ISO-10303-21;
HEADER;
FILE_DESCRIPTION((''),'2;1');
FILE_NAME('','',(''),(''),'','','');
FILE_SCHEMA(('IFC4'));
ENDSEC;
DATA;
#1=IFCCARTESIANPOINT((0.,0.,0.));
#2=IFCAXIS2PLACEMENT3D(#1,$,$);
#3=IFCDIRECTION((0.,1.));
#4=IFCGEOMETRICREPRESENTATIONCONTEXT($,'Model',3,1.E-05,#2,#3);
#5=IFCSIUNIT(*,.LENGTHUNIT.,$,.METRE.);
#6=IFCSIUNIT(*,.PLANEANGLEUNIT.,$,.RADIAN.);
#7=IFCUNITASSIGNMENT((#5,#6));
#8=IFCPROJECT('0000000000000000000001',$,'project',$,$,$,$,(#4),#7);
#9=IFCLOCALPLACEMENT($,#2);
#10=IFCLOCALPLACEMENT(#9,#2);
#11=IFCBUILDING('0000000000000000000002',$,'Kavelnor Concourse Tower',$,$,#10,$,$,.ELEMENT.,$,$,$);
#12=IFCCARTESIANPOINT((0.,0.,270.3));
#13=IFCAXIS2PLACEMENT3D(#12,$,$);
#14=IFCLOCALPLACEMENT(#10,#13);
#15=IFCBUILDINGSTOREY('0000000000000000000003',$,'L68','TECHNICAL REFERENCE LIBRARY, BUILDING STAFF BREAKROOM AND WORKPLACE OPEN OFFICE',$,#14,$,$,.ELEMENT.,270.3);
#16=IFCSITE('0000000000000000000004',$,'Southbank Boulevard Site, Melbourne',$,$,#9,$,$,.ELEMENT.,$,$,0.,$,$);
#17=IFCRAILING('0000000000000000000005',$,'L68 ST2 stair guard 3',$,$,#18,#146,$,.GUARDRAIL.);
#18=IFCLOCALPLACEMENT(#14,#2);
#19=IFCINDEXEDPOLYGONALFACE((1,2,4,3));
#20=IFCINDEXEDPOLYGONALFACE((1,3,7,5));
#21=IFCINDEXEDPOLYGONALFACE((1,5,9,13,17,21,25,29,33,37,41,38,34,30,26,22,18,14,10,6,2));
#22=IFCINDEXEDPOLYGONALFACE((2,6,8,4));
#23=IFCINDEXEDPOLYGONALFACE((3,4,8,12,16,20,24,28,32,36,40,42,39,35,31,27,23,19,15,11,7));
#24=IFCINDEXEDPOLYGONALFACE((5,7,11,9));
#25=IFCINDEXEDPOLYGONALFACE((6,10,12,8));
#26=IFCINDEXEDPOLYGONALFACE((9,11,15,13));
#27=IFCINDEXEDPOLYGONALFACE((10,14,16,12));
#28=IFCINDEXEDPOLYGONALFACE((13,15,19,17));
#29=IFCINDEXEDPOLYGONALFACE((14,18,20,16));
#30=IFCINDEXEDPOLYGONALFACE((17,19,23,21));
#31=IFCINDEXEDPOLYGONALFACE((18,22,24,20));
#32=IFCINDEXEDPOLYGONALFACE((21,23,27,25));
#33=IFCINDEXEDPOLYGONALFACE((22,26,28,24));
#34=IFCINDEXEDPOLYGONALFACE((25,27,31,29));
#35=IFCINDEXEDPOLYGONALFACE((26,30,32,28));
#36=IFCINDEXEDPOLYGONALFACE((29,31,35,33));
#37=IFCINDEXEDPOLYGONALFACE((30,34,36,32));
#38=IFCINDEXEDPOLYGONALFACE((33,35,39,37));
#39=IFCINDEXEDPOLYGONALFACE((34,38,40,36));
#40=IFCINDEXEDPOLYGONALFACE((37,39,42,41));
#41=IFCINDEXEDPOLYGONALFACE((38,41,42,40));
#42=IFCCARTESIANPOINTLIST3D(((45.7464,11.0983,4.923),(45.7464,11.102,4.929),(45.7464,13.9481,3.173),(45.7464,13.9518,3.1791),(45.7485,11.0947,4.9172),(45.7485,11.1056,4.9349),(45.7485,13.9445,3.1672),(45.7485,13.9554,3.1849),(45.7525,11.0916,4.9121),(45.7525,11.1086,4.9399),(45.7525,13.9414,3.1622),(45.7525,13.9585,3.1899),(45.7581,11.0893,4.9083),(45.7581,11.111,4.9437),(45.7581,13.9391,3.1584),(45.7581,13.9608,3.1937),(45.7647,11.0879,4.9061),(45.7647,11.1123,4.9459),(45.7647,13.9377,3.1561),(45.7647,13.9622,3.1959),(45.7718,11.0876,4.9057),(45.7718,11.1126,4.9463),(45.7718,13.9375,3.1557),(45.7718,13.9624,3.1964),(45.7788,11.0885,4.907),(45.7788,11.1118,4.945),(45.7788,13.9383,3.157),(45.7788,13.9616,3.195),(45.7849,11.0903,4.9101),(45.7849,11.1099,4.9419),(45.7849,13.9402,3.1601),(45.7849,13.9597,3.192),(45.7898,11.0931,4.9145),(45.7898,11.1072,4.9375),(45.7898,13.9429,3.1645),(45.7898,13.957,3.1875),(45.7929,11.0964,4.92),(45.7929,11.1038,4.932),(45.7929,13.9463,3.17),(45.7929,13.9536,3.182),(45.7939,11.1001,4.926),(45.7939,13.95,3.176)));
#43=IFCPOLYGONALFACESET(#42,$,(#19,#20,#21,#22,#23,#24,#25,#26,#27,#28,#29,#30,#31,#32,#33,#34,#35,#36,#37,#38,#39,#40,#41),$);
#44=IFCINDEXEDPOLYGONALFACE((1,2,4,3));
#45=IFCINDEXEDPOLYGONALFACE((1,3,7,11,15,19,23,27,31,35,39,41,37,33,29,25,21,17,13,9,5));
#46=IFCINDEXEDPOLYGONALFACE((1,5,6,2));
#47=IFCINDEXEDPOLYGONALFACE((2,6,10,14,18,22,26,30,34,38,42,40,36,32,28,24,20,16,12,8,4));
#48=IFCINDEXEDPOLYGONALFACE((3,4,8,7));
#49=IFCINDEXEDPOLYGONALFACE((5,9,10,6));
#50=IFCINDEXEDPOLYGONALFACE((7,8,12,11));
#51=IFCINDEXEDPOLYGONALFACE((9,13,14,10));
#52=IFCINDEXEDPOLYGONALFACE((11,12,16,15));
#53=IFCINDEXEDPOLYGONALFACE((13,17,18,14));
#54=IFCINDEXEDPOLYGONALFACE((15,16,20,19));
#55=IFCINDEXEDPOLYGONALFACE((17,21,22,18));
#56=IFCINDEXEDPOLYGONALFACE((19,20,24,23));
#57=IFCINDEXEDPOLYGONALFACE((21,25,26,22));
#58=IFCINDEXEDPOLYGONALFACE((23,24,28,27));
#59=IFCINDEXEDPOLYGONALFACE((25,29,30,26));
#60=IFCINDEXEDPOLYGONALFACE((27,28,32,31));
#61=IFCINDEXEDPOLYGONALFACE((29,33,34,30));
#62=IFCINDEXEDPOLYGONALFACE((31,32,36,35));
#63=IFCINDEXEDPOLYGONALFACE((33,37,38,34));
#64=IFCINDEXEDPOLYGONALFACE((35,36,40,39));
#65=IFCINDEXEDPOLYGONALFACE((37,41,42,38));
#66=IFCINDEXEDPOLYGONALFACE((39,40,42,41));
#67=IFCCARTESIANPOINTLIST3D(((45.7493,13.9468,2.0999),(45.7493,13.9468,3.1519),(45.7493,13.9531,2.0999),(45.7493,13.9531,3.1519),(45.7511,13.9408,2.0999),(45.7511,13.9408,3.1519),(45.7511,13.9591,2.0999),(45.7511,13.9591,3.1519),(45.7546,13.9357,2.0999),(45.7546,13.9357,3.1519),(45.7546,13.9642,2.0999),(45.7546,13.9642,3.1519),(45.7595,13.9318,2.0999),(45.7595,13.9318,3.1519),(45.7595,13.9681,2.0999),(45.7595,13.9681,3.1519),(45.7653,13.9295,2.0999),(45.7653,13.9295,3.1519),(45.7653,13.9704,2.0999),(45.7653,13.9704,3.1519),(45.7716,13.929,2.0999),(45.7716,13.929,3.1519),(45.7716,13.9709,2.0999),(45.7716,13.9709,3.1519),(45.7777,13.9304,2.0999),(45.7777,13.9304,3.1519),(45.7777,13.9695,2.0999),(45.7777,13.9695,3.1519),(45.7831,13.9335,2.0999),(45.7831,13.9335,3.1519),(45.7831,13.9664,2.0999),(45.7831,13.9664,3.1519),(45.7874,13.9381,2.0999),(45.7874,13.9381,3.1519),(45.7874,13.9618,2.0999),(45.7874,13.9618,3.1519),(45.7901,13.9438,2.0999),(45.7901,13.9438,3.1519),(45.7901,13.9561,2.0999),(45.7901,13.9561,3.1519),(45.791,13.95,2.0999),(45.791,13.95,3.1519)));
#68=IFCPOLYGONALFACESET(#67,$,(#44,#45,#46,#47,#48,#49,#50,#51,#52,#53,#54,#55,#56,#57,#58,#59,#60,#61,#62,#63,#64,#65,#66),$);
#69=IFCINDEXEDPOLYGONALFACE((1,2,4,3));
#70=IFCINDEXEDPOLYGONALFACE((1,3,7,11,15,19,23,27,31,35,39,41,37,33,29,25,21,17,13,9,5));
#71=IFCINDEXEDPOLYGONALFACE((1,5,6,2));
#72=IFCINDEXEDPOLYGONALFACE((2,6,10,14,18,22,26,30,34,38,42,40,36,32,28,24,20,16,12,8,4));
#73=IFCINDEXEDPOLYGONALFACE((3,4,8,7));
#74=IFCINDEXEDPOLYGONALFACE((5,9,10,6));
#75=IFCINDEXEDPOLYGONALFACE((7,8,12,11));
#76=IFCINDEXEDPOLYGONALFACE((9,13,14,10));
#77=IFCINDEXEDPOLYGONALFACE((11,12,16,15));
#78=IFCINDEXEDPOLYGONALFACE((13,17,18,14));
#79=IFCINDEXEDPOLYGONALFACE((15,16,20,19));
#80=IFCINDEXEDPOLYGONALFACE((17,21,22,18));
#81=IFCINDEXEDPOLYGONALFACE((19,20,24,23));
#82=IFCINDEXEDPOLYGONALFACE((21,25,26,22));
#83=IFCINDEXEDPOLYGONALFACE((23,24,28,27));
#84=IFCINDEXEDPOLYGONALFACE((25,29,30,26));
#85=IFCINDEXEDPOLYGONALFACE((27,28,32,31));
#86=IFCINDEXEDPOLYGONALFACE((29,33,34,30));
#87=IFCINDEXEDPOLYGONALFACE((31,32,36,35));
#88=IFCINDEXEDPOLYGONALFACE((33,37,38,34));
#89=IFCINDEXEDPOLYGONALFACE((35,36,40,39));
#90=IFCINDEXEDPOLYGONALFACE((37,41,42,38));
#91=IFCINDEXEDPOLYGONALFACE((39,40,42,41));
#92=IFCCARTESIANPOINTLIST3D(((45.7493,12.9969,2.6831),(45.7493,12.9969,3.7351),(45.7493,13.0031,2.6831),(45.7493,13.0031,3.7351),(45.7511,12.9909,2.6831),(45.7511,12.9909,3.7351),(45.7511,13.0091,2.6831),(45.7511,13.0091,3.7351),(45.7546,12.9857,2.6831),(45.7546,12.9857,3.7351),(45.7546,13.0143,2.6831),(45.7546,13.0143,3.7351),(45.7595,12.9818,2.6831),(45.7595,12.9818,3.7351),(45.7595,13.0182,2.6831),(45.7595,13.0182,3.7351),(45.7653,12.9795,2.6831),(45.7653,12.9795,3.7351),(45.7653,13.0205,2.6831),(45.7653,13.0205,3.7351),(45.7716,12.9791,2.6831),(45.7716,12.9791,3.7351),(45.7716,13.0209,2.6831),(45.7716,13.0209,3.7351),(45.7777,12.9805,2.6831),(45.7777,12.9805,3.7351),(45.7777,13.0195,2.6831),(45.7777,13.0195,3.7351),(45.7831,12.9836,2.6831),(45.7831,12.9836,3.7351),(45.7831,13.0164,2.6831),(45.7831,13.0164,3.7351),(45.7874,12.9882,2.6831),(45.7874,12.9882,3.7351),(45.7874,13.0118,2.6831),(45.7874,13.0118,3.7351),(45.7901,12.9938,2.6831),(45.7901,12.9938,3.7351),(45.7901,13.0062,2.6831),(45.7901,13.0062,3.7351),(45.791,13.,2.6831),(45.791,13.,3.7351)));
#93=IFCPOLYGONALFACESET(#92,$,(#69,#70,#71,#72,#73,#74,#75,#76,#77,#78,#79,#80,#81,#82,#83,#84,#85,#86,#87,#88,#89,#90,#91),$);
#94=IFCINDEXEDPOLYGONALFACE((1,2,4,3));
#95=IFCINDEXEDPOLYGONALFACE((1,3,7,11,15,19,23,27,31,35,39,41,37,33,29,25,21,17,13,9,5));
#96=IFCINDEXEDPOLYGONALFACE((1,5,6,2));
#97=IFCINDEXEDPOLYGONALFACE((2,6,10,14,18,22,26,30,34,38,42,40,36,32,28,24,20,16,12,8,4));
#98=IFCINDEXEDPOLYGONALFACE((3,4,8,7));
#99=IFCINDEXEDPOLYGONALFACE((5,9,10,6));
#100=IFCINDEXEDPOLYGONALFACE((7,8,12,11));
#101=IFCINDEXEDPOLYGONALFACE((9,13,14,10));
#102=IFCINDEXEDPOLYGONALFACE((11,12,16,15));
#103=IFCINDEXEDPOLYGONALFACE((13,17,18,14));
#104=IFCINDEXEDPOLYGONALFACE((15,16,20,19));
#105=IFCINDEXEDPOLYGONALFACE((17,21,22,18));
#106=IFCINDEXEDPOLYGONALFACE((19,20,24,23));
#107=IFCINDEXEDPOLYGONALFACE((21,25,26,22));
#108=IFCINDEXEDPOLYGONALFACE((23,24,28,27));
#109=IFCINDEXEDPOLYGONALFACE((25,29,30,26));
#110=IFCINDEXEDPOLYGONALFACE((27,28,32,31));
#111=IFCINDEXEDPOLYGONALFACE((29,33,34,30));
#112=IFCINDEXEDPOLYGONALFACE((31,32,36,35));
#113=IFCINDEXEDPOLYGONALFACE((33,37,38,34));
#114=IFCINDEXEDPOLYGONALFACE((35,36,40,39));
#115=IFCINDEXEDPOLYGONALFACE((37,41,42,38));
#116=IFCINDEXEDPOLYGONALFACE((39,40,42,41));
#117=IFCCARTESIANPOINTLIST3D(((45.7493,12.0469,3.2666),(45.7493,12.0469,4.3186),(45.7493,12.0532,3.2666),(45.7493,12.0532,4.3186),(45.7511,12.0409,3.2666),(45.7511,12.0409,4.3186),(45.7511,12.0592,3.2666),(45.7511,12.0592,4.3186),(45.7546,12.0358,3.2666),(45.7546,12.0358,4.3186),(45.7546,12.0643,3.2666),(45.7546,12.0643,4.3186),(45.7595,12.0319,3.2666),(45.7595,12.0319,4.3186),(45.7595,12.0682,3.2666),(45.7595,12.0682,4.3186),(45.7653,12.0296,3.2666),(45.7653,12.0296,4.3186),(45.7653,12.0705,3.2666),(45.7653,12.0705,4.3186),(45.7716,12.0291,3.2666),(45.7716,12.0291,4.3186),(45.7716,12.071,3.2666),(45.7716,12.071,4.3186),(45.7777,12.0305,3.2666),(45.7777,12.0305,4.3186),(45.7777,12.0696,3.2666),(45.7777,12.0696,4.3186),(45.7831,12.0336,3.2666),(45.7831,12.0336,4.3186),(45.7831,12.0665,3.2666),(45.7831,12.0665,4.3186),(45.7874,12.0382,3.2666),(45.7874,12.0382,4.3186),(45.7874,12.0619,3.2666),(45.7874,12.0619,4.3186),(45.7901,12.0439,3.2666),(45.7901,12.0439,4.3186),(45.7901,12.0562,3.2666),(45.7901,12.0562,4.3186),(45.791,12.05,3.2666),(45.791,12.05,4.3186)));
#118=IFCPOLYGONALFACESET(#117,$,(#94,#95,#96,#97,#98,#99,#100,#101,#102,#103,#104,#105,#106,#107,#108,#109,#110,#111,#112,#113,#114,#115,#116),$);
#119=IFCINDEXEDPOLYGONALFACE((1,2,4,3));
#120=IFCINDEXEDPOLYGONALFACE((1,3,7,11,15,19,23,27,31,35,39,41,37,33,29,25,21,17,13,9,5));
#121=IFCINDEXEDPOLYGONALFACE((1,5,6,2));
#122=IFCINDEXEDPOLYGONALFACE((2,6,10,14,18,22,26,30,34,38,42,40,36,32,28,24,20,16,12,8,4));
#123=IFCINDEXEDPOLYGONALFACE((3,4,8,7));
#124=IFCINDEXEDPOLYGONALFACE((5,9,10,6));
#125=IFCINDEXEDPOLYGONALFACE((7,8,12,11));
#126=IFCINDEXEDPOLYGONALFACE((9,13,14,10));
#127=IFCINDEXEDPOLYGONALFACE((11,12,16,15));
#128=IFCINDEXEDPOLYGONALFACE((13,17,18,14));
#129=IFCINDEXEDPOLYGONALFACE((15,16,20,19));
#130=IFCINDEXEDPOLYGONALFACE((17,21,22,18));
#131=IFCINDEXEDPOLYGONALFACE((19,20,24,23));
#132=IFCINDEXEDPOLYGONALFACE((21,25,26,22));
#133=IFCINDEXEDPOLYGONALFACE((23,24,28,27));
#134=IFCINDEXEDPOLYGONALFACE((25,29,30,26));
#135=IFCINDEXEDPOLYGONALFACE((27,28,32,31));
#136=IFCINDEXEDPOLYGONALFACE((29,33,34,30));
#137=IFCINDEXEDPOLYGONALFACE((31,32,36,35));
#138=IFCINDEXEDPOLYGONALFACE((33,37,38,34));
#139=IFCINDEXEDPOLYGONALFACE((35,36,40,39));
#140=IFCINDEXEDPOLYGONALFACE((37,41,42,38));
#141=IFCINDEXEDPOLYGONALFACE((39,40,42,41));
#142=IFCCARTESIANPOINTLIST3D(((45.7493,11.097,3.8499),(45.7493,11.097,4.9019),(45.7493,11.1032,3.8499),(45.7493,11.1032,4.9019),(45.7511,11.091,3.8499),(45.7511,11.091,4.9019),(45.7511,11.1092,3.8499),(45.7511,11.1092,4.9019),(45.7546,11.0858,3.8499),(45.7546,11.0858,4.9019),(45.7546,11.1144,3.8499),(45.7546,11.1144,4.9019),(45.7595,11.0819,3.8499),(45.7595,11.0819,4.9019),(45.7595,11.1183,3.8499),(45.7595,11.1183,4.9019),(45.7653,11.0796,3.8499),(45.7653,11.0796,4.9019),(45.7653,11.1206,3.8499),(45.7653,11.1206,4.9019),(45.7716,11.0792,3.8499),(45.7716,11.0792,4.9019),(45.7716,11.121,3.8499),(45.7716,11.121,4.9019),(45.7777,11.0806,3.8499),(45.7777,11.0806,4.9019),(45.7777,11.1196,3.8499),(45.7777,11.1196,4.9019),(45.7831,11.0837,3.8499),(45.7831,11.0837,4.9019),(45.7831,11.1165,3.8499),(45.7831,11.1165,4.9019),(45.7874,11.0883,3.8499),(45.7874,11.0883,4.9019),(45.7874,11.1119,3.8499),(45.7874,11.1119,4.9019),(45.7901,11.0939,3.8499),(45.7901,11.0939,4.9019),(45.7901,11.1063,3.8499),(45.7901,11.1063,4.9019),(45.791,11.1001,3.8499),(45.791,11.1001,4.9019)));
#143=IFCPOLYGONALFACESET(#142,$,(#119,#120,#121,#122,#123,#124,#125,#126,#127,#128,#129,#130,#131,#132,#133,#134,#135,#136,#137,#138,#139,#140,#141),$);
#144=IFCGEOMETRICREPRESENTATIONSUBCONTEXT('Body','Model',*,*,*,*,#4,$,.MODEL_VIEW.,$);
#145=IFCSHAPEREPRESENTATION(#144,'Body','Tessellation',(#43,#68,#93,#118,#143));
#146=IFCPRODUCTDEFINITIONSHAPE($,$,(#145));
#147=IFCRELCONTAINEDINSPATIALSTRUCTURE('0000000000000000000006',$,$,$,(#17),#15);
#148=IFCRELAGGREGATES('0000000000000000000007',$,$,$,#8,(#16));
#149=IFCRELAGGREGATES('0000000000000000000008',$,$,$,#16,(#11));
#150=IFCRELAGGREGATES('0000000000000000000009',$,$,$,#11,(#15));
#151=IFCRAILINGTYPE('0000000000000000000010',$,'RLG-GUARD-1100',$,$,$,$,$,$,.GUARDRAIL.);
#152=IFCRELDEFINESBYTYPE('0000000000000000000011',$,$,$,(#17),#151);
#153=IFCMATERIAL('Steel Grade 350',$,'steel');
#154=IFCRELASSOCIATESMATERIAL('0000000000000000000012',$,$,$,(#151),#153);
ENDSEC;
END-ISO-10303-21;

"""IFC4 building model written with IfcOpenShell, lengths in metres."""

from ifc_helpers import new_model, si_unit, direction, frame, origin, origin_2d, place, context, subcontext, project, spatial, circle, extrude, material, type_object, element, save


model = new_model("IFC4")

# Units and contexts
model_context = context("Model", 3, precision=1e-05, world=origin(), true_north=direction((0.0, 1.0)))
body_context = subcontext(model_context, "Body", "Model", "MODEL_VIEW")
ifc_project = project(units=[si_unit("LENGTHUNIT", "METRE"), si_unit("PLANEANGLEUNIT", "RADIAN")], contexts=[model_context])

# Site, building, storey
site_placement = place(None, origin())
site = spatial("IfcSite", under=ifc_project, at=site_placement, Name="Southbank Boulevard Site, Melbourne", CompositionType="ELEMENT", RefElevation=0.0)
building_placement = place(site_placement, origin())
building = spatial("IfcBuilding", under=site, at=building_placement, Name="Kavelnor Concourse Tower", CompositionType="ELEMENT")
storey_placement = place(building_placement, frame((0.0, 0.0, 270.3)))
storey = spatial("IfcBuildingStorey", under=building, at=storey_placement, Name="L68", Description="TECHNICAL REFERENCE LIBRARY, BUILDING STAFF BREAKROOM AND WORKPLACE OPEN OFFICE", CompositionType="ELEMENT", Elevation=270.3)

# Shared definitions
ifc_material_1 = material(Name="Steel Grade 350", Category="steel")

# Railing
railing_type_1 = type_object("IfcRailingType", Name="RLG-GUARD-1100", PredefinedType="GUARDRAIL", material=ifc_material_1)
railing_1_placement = place(storey_placement, frame((45.77, 13.95, 2.0999)))
element("IfcRailing", 1, at=railing_1_placement, inside=storey, type_object=railing_type_1, Name="L68 ST2 stair guard 3", PredefinedType="GUARDRAIL", context=body_context, shape_type="SweptSolid", body=[
    extrude(circle(Radius=0.0239, at=origin_2d()), frame((0.0, 0.0, 1.0762), z_axis=(0.0, -0.852159, 0.523283), x_axis=(1.0, 0.0, 0.0)), (0.0, 0.0, 1.0), 3.3442),
    extrude(circle(Radius=0.021, at=origin_2d()), origin(), (0.0, 0.0, 1.0), 1.052),
    extrude(circle(Radius=0.021, at=origin_2d()), frame((0.0, -0.95, 0.5833)), (0.0, 0.0, 1.0), 1.052),
    extrude(circle(Radius=0.021, at=origin_2d()), frame((0.0, -1.8999, 1.1667)), (0.0, 0.0, 1.0), 1.052),
    extrude(circle(Radius=0.021, at=origin_2d()), frame((0.0, -2.8499, 1.75)), (0.0, 0.0, 1.0), 1.052),
])

save(model, "model.ifc")
